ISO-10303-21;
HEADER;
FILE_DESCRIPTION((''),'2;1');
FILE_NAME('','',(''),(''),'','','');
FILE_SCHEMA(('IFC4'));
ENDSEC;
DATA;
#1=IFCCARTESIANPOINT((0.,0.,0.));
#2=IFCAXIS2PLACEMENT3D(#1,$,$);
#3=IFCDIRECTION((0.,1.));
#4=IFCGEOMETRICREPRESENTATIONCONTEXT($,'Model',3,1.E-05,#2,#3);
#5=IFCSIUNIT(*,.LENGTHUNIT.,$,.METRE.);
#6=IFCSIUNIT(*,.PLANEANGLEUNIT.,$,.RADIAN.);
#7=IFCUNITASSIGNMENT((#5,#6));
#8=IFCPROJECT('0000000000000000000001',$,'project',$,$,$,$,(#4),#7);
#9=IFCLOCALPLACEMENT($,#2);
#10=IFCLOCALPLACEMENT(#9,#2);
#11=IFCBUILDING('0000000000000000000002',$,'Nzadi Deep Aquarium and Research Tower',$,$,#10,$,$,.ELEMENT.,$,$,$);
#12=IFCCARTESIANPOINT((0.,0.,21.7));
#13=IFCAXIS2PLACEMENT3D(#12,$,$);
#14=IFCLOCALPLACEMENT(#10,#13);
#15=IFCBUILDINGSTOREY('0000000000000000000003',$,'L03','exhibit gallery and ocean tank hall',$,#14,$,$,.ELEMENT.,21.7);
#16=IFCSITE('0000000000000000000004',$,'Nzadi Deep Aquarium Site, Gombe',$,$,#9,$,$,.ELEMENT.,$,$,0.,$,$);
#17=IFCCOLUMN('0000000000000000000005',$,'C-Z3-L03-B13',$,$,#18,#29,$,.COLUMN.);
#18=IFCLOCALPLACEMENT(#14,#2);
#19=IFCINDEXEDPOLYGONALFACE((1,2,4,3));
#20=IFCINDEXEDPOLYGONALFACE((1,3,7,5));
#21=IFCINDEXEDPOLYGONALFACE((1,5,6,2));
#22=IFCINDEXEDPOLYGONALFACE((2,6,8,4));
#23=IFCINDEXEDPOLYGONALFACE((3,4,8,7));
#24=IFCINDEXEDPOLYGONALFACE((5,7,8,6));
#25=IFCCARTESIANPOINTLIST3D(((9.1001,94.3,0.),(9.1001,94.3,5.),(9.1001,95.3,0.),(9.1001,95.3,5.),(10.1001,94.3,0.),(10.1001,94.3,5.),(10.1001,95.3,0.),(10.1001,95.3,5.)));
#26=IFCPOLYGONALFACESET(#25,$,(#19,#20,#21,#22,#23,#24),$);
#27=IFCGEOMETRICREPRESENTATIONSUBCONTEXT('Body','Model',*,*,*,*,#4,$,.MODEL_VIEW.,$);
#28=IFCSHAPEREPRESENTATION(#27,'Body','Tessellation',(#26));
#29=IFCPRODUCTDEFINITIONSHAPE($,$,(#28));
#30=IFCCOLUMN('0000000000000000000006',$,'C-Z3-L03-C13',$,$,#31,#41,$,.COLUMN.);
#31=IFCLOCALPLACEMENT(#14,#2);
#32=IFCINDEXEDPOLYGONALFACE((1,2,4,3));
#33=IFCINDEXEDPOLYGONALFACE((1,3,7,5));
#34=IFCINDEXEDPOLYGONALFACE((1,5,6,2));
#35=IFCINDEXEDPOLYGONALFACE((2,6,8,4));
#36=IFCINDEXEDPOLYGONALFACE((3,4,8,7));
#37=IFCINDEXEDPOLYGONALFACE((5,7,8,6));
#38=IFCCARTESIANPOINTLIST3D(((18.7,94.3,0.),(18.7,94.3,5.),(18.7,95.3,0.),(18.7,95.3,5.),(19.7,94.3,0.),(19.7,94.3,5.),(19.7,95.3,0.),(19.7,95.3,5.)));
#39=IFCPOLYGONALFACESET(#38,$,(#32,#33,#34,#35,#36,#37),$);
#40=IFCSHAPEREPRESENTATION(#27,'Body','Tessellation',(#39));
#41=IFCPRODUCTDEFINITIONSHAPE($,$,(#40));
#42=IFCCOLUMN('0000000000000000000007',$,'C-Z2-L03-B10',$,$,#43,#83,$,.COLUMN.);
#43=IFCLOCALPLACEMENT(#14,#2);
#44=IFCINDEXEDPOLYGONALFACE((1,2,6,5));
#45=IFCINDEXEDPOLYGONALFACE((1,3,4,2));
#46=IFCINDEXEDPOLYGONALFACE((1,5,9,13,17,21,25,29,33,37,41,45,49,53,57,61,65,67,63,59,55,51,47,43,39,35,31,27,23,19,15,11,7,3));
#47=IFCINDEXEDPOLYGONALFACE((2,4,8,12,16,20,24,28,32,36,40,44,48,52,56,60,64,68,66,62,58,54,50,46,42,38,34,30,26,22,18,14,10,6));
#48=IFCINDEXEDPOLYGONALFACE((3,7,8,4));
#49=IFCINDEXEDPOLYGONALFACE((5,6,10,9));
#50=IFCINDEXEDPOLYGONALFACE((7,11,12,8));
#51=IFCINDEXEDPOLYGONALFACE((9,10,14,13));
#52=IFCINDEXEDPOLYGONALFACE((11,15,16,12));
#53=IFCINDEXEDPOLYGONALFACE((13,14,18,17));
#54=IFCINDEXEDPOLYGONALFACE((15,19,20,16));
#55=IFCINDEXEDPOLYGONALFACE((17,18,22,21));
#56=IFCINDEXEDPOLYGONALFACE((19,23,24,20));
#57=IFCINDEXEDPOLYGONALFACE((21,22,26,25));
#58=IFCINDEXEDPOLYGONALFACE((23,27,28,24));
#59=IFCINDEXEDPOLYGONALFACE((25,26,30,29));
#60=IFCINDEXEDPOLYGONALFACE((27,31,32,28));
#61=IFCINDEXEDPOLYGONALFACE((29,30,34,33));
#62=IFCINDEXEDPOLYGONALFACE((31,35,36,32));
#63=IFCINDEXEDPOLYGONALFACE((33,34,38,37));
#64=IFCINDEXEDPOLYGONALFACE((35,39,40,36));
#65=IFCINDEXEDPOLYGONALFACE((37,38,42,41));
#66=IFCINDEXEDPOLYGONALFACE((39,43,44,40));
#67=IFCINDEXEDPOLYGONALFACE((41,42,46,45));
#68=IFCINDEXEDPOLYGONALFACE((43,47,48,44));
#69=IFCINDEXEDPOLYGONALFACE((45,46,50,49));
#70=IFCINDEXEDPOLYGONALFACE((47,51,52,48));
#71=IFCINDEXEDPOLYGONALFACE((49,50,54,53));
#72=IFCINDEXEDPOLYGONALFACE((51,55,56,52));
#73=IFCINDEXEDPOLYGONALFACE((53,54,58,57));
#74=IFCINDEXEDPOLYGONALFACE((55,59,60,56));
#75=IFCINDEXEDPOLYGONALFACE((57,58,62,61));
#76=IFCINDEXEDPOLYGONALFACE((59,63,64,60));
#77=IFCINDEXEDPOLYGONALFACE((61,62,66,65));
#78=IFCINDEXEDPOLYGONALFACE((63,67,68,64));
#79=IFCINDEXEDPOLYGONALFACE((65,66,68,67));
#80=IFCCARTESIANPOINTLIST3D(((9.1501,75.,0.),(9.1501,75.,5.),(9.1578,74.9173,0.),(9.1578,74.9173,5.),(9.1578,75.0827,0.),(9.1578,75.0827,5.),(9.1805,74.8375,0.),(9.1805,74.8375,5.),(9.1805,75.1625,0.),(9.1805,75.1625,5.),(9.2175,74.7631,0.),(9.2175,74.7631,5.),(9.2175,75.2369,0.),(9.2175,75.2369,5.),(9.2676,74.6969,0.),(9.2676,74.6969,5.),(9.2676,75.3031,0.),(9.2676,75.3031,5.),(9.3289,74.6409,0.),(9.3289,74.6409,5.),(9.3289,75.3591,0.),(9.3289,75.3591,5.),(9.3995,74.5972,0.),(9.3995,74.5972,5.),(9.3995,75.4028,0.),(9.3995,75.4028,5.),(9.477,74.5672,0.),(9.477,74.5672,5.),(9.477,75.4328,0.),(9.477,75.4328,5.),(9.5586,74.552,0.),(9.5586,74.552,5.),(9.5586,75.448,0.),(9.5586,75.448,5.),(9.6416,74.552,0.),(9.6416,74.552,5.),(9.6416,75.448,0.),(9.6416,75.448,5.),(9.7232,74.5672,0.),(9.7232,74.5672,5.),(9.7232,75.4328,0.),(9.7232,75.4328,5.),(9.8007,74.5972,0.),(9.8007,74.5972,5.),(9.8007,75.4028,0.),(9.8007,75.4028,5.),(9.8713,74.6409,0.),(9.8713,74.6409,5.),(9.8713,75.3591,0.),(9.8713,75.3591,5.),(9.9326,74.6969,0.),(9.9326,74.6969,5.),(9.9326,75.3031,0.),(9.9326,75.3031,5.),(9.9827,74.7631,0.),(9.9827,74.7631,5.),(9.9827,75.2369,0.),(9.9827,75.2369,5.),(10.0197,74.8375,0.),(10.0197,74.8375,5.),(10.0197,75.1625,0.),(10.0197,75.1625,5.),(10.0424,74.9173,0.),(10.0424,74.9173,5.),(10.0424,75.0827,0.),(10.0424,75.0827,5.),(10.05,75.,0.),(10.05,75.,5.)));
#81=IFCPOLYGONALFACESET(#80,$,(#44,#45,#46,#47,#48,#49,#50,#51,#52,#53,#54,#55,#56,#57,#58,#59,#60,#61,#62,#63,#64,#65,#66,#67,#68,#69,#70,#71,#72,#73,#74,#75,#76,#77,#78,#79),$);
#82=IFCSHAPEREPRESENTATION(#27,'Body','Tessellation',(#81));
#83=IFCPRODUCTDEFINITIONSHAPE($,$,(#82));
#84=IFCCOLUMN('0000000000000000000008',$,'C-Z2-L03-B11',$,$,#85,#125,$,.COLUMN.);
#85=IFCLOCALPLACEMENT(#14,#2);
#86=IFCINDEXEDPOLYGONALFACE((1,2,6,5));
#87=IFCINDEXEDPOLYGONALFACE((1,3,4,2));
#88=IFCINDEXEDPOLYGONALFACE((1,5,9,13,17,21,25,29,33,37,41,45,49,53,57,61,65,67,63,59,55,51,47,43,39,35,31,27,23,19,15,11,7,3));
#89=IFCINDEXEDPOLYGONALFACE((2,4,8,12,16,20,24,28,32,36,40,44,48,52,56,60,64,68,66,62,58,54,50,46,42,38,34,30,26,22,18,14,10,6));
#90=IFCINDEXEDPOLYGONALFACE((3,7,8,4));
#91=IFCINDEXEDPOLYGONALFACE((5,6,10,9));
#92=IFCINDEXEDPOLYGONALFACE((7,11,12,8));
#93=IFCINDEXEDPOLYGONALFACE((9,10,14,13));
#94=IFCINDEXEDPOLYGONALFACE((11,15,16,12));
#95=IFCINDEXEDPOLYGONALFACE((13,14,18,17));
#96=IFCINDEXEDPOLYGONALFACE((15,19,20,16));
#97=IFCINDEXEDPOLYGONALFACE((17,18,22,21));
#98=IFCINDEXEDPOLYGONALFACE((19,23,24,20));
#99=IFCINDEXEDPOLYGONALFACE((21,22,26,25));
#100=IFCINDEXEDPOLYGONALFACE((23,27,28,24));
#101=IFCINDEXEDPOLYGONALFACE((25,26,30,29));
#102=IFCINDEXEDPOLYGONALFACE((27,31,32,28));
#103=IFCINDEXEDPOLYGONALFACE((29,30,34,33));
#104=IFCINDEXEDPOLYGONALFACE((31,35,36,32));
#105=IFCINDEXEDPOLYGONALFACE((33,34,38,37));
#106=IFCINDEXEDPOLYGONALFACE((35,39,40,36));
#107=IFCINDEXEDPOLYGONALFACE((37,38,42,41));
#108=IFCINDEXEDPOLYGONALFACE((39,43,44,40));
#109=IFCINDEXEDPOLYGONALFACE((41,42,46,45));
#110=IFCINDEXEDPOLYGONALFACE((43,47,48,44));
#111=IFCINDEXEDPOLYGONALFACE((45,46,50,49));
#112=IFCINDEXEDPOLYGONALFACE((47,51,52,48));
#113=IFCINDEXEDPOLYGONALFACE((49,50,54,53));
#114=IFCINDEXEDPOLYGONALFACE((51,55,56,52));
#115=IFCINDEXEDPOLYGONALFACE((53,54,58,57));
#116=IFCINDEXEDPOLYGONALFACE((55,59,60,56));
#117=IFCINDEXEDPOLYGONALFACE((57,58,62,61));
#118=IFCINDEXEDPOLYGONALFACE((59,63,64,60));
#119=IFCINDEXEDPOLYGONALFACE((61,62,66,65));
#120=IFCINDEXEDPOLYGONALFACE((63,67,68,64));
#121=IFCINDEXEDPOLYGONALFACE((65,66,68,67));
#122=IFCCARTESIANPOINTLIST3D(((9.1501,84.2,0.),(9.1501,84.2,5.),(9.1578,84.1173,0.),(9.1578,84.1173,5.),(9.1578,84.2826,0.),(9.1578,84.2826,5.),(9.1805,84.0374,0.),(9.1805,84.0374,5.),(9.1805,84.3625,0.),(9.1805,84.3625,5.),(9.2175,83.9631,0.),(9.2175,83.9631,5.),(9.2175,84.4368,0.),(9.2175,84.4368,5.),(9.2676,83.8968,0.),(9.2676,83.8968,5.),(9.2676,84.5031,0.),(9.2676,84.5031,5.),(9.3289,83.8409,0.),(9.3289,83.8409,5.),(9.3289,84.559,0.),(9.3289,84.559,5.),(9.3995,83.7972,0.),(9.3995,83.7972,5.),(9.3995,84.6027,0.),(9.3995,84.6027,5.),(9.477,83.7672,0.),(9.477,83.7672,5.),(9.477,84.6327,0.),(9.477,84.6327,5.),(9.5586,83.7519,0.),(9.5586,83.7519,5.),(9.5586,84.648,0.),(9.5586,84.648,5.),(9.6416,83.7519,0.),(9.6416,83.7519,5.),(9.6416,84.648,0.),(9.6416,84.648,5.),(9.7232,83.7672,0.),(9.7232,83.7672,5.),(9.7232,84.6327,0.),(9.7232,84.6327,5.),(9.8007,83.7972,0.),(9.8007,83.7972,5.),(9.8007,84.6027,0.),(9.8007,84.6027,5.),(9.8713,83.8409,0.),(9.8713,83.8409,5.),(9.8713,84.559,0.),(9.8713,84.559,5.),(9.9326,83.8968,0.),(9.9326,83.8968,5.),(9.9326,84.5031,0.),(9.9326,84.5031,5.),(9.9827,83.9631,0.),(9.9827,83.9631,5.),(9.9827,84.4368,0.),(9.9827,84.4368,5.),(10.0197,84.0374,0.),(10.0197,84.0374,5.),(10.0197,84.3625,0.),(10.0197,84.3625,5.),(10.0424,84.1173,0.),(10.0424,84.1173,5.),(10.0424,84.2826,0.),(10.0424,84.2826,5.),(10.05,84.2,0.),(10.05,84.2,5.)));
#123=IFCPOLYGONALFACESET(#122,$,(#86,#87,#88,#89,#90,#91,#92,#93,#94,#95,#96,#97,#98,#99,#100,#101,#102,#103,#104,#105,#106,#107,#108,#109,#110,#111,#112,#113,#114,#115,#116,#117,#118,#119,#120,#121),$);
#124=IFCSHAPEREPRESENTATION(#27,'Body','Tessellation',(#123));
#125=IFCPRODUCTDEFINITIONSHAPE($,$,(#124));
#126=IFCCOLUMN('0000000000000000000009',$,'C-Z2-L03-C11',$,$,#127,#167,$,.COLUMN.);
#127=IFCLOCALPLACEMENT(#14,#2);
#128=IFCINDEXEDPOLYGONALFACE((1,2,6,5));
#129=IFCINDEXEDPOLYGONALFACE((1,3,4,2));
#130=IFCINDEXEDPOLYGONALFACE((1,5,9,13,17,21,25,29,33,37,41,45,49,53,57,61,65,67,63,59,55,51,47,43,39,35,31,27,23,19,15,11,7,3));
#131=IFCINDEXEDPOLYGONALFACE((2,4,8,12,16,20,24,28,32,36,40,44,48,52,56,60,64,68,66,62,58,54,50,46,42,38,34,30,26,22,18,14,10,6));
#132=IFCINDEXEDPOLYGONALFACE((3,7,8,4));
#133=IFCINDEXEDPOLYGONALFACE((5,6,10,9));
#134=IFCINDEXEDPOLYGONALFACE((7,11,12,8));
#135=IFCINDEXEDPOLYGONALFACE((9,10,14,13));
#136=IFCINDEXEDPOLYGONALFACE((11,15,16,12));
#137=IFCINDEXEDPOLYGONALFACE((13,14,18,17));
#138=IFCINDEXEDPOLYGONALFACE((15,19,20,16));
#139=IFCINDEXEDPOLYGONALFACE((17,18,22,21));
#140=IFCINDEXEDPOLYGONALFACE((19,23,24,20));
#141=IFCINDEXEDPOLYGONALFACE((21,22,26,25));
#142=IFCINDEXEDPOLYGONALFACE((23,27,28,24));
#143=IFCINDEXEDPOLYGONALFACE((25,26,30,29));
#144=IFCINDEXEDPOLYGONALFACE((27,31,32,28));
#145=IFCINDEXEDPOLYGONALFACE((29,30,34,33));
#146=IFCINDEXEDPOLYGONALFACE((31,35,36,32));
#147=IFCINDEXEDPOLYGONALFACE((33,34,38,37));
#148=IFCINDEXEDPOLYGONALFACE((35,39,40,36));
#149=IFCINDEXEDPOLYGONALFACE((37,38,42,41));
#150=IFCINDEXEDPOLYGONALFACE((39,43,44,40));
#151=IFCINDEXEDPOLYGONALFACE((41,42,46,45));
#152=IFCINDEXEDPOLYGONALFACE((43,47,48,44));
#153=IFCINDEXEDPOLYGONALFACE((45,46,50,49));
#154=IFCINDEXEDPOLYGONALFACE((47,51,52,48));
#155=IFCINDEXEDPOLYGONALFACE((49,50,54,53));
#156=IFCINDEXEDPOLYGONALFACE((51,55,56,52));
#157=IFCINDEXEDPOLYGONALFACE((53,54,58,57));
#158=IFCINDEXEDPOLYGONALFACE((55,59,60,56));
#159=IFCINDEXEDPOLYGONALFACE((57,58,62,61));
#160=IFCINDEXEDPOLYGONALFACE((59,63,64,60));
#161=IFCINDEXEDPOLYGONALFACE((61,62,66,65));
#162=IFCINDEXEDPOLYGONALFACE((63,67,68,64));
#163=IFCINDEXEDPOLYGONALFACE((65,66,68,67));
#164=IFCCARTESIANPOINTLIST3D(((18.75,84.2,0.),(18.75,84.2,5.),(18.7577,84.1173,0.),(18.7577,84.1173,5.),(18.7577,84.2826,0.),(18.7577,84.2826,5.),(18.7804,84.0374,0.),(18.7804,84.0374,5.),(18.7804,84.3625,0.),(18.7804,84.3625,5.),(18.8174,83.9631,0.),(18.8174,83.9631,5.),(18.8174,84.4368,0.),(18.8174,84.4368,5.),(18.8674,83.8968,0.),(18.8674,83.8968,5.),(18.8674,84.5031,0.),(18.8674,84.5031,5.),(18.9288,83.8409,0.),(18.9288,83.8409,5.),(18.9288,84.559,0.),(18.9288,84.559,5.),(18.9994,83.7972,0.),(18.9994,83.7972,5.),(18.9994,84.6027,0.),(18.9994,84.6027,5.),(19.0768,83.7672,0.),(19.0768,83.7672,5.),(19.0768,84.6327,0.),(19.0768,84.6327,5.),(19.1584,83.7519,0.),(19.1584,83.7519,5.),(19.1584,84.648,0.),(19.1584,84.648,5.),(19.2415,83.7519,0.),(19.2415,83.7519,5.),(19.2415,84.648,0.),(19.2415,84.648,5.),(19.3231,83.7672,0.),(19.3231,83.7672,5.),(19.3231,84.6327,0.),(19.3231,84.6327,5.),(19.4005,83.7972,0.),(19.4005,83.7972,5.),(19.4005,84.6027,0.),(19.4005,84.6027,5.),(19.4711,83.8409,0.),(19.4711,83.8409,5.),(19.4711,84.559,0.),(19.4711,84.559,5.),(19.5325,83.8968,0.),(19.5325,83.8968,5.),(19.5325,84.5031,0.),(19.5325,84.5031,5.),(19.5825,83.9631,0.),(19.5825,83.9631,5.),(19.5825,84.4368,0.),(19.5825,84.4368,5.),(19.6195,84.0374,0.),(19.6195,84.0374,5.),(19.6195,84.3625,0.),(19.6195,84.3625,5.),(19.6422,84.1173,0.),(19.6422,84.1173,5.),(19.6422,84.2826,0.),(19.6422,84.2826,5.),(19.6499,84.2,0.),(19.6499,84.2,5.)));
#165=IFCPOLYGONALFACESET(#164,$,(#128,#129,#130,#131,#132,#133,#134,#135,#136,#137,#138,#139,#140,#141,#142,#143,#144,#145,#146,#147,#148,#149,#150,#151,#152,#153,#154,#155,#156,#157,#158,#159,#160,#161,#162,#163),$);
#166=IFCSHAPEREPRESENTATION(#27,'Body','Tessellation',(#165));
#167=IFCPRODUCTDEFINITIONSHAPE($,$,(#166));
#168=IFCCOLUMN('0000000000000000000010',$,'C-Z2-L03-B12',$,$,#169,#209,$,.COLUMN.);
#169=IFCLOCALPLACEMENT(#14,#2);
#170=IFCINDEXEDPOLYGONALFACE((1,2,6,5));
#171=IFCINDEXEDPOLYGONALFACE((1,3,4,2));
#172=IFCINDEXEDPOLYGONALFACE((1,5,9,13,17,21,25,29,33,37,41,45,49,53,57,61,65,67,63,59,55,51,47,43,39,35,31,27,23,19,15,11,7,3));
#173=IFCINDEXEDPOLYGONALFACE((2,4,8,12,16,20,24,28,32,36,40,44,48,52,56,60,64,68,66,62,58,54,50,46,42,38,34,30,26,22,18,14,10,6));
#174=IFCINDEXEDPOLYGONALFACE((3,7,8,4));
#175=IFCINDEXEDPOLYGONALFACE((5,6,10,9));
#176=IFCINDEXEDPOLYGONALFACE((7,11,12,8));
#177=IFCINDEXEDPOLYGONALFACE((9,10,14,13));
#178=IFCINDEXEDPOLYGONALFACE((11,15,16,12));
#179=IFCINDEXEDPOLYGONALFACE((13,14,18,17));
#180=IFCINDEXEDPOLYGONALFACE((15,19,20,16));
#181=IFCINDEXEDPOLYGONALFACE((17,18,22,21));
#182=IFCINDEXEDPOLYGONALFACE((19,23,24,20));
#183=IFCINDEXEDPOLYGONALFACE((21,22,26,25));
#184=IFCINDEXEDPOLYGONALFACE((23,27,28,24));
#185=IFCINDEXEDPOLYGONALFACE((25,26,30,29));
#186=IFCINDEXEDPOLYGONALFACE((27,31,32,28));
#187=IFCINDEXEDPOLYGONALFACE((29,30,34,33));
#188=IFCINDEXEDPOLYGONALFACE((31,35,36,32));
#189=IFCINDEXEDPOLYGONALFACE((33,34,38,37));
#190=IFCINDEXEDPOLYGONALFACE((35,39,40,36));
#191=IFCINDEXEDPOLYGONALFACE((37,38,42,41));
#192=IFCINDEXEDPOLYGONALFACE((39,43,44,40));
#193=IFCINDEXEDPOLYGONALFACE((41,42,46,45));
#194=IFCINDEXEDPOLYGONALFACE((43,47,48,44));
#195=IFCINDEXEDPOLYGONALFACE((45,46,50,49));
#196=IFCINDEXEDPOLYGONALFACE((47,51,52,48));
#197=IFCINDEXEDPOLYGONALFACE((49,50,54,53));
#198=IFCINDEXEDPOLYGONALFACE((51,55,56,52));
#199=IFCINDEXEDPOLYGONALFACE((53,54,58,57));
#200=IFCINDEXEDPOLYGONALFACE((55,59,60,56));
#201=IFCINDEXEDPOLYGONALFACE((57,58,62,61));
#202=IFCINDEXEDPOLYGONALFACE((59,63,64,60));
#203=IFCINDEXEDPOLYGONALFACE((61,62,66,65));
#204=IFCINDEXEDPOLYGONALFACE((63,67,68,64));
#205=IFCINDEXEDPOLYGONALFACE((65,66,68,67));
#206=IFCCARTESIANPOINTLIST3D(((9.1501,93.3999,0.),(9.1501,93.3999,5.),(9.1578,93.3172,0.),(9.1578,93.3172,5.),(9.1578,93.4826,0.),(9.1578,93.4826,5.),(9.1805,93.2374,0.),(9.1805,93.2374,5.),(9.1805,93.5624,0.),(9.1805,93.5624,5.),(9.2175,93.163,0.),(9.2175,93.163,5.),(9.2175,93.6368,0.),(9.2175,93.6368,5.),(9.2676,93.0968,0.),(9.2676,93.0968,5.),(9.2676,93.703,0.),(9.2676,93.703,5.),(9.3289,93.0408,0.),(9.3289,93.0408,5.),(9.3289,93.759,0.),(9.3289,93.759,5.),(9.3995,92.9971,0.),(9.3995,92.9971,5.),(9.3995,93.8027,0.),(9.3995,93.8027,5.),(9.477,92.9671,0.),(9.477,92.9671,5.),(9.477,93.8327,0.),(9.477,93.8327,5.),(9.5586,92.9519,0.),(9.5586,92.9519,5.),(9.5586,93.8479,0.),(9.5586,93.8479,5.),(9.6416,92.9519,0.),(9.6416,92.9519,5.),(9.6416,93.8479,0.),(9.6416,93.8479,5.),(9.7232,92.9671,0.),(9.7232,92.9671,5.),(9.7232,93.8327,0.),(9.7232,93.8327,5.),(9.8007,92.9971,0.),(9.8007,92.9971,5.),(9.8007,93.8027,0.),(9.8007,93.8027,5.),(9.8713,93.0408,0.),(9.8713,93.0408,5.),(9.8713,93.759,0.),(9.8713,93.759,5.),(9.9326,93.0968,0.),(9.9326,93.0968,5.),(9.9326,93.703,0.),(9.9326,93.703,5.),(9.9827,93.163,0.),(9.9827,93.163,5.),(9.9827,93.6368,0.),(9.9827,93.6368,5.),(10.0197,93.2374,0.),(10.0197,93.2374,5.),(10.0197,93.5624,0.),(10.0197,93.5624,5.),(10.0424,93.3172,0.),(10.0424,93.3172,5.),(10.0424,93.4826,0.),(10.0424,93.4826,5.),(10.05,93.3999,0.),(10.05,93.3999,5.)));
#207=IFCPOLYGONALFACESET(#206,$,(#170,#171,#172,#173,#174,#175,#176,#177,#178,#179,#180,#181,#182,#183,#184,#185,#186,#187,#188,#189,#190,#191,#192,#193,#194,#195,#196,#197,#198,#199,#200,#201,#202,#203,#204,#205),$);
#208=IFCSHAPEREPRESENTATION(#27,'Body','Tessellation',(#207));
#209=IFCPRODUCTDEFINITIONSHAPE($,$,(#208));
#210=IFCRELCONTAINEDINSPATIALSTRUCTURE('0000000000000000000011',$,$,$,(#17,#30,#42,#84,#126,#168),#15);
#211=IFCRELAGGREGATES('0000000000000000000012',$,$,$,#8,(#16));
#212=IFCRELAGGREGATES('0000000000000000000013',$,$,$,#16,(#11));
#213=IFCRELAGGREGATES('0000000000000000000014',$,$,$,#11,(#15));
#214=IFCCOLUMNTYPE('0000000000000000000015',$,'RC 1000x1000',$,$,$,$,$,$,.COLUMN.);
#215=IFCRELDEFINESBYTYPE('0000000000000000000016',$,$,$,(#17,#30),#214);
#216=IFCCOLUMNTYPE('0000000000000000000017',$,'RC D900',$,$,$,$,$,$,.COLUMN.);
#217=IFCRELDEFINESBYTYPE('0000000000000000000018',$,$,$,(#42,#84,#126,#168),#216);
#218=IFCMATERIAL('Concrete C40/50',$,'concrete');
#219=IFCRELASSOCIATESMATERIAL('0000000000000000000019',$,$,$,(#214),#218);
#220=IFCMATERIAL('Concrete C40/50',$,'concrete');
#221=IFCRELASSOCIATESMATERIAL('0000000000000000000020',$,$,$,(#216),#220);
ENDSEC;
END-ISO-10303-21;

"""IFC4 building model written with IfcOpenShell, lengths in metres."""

from ifc_helpers import new_model, si_unit, direction, frame, origin, origin_2d, place, context, subcontext, project, spatial, rectangle, circle, extrude, material, material_profile, profile_set, type_object, element, save


model = new_model("IFC4")

# Units and contexts
model_context = context("Model", 3, precision=1e-05, world=origin(), true_north=direction((0.0, 1.0)))
body_context = subcontext(model_context, "Body", "Model", "MODEL_VIEW")
ifc_project = project(units=[si_unit("LENGTHUNIT", "METRE"), si_unit("PLANEANGLEUNIT", "RADIAN")], contexts=[model_context])

# Site, building, storey
site_placement = place(None, origin())
site = spatial("IfcSite", under=ifc_project, at=site_placement, Name="Nzadi Deep Aquarium Site, Gombe", CompositionType="ELEMENT", RefElevation=0.0)
building_placement = place(site_placement, origin())
building = spatial("IfcBuilding", under=site, at=building_placement, Name="Nzadi Deep Aquarium and Research Tower", CompositionType="ELEMENT")
storey_placement = place(building_placement, frame((0.0, 0.0, 21.7)))
storey = spatial("IfcBuildingStorey", under=building, at=storey_placement, Name="L03", Description="exhibit gallery and ocean tank hall", CompositionType="ELEMENT", Elevation=21.7)

# Columns
ifc_material_1 = material(Name="Concrete C40/50", Category="concrete")
ifc_material_profile_1 = material_profile(ifc_material_1, rectangle(XDim=1.0, YDim=1.0, at=origin_2d()))
ifc_profile_set_1 = profile_set([ifc_material_profile_1], Name="Concrete C40/50")
column_type_1 = type_object("IfcColumnType", Name="RC 1000x1000", PredefinedType="COLUMN", material=ifc_profile_set_1)
for number, where, z_axis, x_axis, name in (
    (1, (9.6001, 94.8, 0.0), (0.0, 0.0, 1.0), (1.0, 0.0, 0.0), "C-Z3-L03-B13"),
    (2, (19.2, 94.8, 0.0), (0.0, 0.0, 1.0), (1.0, 0.0, 0.0), "C-Z3-L03-C13"),
):
    element("IfcColumn", number, at=place(storey_placement, frame(where, z_axis=z_axis, x_axis=x_axis)), inside=storey, type_object=column_type_1, Name=name, PredefinedType="COLUMN", context=body_context, shape_type="SweptSolid", body=[
        extrude(rectangle(XDim=1.0, YDim=1.0, at=origin_2d()), origin(), (0.0, 0.0, 1.0), 5.0),
    ])
ifc_material_2 = material(Name="Concrete C40/50", Category="concrete")
ifc_material_profile_2 = material_profile(ifc_material_2, circle(Radius=0.45, at=origin_2d()))
ifc_profile_set_2 = profile_set([ifc_material_profile_2], Name="Concrete C40/50")
column_type_2 = type_object("IfcColumnType", Name="RC D900", PredefinedType="COLUMN", material=ifc_profile_set_2)
for number, where, z_axis, x_axis, name in (
    (3, (9.6001, 75.0, 0.0), (0.0, 0.0, 1.0), (1.0, 0.0, 0.0), "C-Z2-L03-B10"),
    (4, (9.6001, 84.2, 0.0), (0.0, 0.0, 1.0), (1.0, 0.0, 0.0), "C-Z2-L03-B11"),
    (5, (19.2, 84.2, 0.0), (0.0, 0.0, 1.0), (1.0, 0.0, 0.0), "C-Z2-L03-C11"),
    (6, (9.6001, 93.3999, 0.0), (0.0, 0.0, 1.0), (1.0, 0.0, 0.0), "C-Z2-L03-B12"),
):
    element("IfcColumn", number, at=place(storey_placement, frame(where, z_axis=z_axis, x_axis=x_axis)), inside=storey, type_object=column_type_2, Name=name, PredefinedType="COLUMN", context=body_context, shape_type="SweptSolid", body=[
        extrude(circle(Radius=0.45, at=origin_2d()), origin(), (0.0, 0.0, 1.0), 5.0),
    ])

save(model, "model.ifc")
